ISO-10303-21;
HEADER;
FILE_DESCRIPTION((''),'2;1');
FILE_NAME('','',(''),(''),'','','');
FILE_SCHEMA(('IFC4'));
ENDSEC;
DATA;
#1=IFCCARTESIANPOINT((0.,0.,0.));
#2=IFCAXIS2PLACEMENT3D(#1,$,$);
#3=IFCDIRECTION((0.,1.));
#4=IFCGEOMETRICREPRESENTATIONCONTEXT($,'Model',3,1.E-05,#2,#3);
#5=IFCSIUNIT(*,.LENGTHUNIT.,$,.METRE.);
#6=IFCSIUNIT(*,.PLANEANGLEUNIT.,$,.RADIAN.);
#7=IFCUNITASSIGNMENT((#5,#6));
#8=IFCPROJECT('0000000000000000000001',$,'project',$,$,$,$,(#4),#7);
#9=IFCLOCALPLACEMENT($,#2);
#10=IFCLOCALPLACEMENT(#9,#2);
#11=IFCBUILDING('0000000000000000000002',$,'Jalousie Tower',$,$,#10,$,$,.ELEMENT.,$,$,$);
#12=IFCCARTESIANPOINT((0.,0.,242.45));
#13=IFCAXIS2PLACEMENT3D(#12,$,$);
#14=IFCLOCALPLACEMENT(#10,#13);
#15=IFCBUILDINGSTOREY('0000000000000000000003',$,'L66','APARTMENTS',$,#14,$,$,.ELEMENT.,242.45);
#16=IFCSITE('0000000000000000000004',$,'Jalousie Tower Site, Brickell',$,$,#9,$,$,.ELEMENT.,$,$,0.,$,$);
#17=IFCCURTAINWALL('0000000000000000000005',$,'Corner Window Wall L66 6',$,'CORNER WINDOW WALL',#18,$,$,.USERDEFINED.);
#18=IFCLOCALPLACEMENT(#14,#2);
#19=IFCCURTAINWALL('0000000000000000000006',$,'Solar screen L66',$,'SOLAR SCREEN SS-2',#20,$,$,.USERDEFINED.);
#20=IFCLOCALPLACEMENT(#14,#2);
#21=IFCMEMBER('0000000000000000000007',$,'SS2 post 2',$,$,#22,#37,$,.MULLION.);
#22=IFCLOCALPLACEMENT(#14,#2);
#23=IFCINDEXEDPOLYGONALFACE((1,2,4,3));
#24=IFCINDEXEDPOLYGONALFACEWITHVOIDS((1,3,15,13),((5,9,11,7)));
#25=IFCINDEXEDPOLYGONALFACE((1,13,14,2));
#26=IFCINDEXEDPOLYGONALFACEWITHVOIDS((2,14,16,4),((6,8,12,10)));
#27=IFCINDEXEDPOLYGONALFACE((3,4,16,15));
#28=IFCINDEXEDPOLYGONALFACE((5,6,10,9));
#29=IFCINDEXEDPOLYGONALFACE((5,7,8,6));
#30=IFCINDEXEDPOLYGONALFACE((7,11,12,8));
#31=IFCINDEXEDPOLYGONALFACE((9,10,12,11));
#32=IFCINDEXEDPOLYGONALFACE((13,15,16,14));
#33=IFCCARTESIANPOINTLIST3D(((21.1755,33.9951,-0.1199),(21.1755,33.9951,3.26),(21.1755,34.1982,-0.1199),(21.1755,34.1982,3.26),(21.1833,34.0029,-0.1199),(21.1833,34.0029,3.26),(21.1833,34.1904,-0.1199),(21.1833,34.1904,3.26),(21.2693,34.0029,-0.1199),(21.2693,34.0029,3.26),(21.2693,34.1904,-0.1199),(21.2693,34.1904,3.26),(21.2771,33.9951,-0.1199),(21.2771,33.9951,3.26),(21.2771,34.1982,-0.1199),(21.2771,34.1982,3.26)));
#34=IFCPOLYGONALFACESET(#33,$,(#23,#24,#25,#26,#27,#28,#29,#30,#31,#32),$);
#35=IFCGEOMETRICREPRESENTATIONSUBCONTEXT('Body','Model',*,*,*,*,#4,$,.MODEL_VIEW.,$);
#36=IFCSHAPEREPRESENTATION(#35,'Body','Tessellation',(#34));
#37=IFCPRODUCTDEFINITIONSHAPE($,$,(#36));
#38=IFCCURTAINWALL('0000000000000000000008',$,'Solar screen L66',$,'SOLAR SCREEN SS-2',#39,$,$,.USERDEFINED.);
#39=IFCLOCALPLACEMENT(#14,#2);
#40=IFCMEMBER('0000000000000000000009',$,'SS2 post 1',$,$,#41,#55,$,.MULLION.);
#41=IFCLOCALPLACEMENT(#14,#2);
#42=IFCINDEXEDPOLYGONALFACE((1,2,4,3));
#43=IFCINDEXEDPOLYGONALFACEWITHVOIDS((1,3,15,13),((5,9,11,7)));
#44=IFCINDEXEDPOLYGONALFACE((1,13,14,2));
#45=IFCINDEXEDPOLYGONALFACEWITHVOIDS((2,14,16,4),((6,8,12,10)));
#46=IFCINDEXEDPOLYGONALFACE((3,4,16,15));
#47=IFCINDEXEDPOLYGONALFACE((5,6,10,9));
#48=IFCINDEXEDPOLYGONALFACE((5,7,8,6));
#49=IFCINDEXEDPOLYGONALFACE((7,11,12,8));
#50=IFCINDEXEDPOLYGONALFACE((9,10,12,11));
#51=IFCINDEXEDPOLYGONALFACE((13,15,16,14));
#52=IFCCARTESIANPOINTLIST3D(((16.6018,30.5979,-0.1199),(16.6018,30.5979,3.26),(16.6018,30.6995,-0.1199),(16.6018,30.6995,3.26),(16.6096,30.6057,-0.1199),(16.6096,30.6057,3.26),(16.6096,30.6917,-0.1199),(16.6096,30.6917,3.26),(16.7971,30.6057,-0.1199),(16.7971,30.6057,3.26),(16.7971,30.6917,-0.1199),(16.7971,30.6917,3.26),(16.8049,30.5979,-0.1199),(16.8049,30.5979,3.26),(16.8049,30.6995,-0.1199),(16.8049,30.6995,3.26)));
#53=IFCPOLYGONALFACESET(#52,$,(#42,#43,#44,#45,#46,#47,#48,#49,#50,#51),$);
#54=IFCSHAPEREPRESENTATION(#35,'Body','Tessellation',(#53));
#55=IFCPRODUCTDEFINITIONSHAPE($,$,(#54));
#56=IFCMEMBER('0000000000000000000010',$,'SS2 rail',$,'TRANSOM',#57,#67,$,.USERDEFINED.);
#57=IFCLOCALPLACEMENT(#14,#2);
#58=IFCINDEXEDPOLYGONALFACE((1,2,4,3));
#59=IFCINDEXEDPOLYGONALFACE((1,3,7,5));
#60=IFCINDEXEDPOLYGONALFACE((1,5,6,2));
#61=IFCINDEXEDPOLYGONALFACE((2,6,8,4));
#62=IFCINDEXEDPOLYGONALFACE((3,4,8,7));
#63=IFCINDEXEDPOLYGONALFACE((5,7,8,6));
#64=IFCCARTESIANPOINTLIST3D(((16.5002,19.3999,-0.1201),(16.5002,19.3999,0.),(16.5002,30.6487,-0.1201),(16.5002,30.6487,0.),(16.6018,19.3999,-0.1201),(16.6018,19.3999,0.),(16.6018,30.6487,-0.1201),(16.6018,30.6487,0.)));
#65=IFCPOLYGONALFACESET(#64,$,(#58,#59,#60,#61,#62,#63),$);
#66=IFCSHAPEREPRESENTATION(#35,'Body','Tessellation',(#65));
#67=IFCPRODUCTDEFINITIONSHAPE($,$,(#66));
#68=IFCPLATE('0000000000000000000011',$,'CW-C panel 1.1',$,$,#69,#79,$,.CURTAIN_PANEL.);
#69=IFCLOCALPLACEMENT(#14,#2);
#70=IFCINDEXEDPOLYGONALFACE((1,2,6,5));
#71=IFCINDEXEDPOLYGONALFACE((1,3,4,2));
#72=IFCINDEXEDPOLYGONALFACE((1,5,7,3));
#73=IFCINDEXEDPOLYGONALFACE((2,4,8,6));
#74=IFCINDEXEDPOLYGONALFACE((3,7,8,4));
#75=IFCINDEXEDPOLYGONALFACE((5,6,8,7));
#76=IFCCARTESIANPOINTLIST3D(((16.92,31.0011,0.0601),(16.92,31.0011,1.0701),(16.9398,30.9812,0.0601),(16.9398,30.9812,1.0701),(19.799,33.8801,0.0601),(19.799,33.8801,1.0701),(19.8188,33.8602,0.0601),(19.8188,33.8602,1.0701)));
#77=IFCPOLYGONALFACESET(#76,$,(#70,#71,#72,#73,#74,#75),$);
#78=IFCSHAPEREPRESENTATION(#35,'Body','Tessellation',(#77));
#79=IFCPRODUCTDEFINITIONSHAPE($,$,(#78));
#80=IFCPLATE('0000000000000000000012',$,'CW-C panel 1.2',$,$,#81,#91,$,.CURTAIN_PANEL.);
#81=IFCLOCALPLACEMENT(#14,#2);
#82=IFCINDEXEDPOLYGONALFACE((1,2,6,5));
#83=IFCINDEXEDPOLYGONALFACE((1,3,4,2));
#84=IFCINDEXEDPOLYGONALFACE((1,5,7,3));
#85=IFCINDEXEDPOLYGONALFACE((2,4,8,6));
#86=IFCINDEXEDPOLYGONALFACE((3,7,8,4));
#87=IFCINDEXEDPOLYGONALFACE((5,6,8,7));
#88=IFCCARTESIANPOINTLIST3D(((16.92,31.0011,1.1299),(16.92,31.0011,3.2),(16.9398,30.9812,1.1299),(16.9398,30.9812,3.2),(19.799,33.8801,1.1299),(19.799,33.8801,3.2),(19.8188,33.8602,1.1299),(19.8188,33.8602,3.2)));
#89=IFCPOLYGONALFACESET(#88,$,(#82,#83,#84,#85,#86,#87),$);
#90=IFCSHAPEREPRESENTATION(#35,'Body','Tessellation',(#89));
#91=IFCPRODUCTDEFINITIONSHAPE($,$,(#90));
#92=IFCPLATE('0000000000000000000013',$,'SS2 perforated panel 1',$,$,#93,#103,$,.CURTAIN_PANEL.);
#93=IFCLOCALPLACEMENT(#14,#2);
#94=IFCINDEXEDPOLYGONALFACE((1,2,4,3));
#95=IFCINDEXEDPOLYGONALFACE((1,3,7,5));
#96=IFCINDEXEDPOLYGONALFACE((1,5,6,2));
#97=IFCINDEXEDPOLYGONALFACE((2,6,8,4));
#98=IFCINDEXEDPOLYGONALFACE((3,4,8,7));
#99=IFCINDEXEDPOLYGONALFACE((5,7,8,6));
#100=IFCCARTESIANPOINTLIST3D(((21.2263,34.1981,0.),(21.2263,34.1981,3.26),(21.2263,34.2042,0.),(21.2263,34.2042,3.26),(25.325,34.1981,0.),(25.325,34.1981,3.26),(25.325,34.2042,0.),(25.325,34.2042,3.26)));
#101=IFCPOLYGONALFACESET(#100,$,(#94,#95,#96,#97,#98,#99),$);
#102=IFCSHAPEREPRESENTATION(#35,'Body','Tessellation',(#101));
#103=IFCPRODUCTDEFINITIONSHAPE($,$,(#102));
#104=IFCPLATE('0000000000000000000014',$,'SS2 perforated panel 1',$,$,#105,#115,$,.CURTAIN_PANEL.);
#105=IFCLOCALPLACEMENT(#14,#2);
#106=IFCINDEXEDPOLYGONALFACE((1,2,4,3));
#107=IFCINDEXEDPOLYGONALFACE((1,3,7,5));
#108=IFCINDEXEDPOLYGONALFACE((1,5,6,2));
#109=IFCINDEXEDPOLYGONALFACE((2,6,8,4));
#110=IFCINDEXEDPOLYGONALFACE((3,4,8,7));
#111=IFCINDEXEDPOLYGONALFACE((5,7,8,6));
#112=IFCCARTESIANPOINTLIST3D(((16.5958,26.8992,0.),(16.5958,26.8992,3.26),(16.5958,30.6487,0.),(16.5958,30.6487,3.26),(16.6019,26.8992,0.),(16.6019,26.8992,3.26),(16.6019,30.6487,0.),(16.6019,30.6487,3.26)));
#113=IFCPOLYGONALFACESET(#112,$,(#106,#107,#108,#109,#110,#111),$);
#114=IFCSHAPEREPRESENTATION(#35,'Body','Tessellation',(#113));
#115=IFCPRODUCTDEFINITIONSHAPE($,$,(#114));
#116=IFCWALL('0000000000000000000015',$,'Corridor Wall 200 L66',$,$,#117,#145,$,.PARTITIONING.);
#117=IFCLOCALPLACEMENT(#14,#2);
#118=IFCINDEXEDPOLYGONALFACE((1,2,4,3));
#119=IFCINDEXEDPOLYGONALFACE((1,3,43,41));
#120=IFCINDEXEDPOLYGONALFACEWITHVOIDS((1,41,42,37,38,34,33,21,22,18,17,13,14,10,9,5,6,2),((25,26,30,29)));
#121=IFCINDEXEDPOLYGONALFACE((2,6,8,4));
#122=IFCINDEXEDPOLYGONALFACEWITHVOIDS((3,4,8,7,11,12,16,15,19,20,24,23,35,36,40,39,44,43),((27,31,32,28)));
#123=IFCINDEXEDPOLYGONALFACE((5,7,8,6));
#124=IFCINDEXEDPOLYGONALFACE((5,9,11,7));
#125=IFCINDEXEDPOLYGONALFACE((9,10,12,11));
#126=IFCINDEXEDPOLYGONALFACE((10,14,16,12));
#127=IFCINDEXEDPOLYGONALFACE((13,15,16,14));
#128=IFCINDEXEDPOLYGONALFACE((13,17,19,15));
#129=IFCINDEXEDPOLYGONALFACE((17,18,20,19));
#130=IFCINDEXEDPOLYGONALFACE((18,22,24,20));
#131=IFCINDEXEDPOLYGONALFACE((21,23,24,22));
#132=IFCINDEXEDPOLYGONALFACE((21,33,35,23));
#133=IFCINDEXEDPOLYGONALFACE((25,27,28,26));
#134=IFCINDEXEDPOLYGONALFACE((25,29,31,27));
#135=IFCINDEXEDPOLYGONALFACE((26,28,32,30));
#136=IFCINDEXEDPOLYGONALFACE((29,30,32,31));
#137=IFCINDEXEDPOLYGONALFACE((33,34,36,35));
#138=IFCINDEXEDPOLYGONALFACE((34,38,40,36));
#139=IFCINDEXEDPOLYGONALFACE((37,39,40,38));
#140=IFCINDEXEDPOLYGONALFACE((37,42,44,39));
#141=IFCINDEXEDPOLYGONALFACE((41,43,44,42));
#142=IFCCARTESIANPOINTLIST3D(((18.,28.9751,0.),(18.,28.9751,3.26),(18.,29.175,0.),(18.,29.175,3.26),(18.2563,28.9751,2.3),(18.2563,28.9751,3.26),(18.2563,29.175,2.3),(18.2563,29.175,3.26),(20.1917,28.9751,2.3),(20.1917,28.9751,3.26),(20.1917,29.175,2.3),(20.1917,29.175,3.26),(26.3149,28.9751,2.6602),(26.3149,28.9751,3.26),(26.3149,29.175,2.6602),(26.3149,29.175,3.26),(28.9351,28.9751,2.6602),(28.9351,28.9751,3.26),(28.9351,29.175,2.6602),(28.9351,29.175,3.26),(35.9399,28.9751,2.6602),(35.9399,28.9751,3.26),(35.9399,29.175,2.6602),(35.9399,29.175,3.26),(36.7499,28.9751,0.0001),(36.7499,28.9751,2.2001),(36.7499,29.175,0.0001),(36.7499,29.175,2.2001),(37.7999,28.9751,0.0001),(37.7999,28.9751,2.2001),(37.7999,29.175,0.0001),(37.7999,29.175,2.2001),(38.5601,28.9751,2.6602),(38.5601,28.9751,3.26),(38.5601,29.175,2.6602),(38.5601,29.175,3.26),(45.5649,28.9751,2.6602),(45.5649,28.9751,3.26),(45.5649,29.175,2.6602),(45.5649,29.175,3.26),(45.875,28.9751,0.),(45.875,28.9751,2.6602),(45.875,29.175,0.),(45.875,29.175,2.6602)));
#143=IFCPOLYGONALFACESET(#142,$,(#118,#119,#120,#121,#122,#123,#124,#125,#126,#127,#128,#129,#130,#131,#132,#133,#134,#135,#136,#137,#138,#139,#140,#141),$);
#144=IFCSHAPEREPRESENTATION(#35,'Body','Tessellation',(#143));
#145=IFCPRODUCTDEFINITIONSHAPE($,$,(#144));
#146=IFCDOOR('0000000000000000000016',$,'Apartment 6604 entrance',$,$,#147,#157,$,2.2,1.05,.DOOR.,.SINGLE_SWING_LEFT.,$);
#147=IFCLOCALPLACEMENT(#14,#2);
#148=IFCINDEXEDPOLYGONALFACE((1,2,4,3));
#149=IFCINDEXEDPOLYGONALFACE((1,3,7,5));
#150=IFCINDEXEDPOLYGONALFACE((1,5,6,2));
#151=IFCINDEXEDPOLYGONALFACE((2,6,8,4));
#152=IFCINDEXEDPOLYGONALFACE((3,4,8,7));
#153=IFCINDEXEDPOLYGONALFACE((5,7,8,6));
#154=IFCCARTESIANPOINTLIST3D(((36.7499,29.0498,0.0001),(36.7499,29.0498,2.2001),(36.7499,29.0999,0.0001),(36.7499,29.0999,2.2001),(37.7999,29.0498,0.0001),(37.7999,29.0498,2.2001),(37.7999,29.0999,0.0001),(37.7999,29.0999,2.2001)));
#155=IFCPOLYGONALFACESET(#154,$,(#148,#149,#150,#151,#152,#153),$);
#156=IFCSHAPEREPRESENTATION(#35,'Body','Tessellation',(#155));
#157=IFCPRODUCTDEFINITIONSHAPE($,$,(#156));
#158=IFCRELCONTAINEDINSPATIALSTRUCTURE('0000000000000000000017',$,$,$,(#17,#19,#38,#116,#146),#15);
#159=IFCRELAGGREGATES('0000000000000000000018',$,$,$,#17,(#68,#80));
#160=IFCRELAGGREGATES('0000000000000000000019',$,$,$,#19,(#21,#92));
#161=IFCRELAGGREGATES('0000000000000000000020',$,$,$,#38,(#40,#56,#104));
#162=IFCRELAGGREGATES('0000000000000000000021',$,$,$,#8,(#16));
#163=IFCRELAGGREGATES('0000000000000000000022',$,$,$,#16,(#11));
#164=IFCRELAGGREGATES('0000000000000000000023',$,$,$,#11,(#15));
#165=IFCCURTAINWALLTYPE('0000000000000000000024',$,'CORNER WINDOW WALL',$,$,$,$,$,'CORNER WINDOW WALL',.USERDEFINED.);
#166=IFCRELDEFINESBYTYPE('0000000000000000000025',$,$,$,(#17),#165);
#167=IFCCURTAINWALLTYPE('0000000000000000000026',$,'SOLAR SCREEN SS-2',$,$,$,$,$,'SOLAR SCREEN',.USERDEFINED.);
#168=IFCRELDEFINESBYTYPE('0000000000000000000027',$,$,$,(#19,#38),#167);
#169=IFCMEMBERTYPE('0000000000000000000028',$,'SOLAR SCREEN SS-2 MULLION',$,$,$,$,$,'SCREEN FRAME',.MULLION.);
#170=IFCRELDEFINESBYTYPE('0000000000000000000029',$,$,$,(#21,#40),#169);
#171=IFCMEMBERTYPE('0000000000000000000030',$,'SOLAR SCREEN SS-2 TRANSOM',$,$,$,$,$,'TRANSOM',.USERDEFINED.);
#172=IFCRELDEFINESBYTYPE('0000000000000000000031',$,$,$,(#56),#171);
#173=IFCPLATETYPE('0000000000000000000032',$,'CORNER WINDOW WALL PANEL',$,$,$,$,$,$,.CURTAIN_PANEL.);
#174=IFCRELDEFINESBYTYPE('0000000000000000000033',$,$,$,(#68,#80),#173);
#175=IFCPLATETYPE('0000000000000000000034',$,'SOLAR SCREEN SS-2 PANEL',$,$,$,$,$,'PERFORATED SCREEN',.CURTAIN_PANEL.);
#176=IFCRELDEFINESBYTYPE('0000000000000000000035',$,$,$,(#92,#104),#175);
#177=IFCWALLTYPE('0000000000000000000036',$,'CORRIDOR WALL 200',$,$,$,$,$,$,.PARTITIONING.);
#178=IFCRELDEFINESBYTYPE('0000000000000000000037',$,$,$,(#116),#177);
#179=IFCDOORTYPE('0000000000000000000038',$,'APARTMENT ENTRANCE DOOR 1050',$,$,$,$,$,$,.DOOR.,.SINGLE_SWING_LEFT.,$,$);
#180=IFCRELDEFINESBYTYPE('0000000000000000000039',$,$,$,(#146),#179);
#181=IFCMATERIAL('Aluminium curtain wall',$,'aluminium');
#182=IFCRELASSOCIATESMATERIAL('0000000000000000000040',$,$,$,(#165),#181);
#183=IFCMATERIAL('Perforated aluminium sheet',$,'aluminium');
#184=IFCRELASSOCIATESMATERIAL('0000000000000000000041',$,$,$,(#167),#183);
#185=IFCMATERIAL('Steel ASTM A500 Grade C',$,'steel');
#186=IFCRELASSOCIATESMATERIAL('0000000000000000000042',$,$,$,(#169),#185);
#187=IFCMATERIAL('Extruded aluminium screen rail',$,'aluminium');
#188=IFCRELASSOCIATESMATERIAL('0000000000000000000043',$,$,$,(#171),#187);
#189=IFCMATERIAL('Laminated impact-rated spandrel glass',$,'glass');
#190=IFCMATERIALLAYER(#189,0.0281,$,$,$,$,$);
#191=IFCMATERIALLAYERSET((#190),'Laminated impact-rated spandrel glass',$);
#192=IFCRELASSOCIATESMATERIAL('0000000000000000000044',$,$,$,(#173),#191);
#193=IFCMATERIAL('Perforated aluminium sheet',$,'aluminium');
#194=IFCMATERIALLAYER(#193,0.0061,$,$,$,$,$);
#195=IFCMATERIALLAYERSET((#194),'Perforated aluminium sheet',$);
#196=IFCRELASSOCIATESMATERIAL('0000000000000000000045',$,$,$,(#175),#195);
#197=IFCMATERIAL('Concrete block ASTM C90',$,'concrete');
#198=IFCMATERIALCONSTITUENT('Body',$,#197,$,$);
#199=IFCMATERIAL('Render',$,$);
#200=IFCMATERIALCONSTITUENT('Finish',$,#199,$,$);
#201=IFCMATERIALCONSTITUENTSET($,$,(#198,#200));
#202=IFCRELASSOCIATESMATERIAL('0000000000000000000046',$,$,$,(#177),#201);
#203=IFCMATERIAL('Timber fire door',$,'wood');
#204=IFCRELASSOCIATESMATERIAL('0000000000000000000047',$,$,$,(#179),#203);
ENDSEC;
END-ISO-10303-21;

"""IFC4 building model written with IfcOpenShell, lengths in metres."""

from ifc_helpers import new_model, si_unit, direction, frame, frame_2d, origin, origin_2d, place, context, subcontext, project, spatial, polyline, rectangle, hollow_rectangle, outline, extrude, material, layer, layer_set, constituent, constituent_set, material_profile, profile_set, type_object, element, fill, aggregate, save


model = new_model("IFC4")

# Units and contexts
model_context = context("Model", 3, precision=1e-05, world=origin(), true_north=direction((0.0, 1.0)))
body_context = subcontext(model_context, "Body", "Model", "MODEL_VIEW")
ifc_project = project(units=[si_unit("LENGTHUNIT", "METRE"), si_unit("PLANEANGLEUNIT", "RADIAN")], contexts=[model_context])

# Site, building, storey
site_placement = place(None, origin())
site = spatial("IfcSite", under=ifc_project, at=site_placement, Name="Jalousie Tower Site, Brickell", CompositionType="ELEMENT", RefElevation=0.0)
building_placement = place(site_placement, origin())
building = spatial("IfcBuilding", under=site, at=building_placement, Name="Jalousie Tower", CompositionType="ELEMENT")
storey_placement = place(building_placement, frame((0.0, 0.0, 242.45)))
storey = spatial("IfcBuildingStorey", under=building, at=storey_placement, Name="L66", Description="APARTMENTS", CompositionType="ELEMENT", Elevation=242.45)

# Curtain wall
ifc_material_1 = material(Name="Aluminium curtain wall", Category="aluminium")
curtain_wall_type_1 = type_object("IfcCurtainWallType", Name="CORNER WINDOW WALL", ElementType="CORNER WINDOW WALL", PredefinedType="USERDEFINED", material=ifc_material_1)
curtain_wall_1_placement = place(storey_placement, origin())
curtain_wall_1 = element("IfcCurtainWall", 1, at=curtain_wall_1_placement, inside=storey, type_object=curtain_wall_type_1, Name="Corner Window Wall L66 6", ObjectType="CORNER WINDOW WALL", PredefinedType="USERDEFINED")

# Curtain wall, member
ifc_material_2 = material(Name="Perforated aluminium sheet", Category="aluminium")
curtain_wall_type_2 = type_object("IfcCurtainWallType", Name="SOLAR SCREEN SS-2", ElementType="SOLAR SCREEN", PredefinedType="USERDEFINED", material=ifc_material_2)
curtain_wall_2_placement = place(storey_placement, origin())
curtain_wall_2 = element("IfcCurtainWall", 2, at=curtain_wall_2_placement, inside=storey, type_object=curtain_wall_type_2, Name="Solar screen L66", ObjectType="SOLAR SCREEN SS-2", PredefinedType="USERDEFINED")
ifc_material_3 = material(Name="Steel ASTM A500 Grade C", Category="steel")
ifc_material_profile_1 = material_profile(ifc_material_3, hollow_rectangle(XDim=0.1016, YDim=0.2031, WallThickness=0.0078, at=origin_2d()), Name="HSS8X4X5/16")
ifc_profile_set_1 = profile_set([ifc_material_profile_1], Name="Steel ASTM A500 Grade C")
member_type_1 = type_object("IfcMemberType", Name="SOLAR SCREEN SS-2 MULLION", ElementType="SCREEN FRAME", PredefinedType="MULLION", material=ifc_profile_set_1)
member_1_placement = place(storey_placement, frame((21.2263, 34.0967, -0.1199), z_axis=(0.0, 0.0, 1.0), x_axis=(-1.0, 0.0, 0.0)))
member_1 = element("IfcMember", 3, at=member_1_placement, type_object=member_type_1, Name="SS2 post 2", PredefinedType="MULLION", context=body_context, shape_type="SweptSolid", body=[
    extrude(hollow_rectangle(XDim=0.1016, YDim=0.2031, WallThickness=0.0078, at=origin_2d()), origin(), (0.0, 0.0, 1.0), 3.3799),
])

# Curtain wall, members
curtain_wall_3_placement = place(storey_placement, origin())
curtain_wall_3 = element("IfcCurtainWall", 4, at=curtain_wall_3_placement, inside=storey, type_object=curtain_wall_type_2, Name="Solar screen L66", ObjectType="SOLAR SCREEN SS-2", PredefinedType="USERDEFINED")
member_2_placement = place(storey_placement, frame((16.7034, 30.6487, -0.1199), z_axis=(0.0, 0.0, 1.0), x_axis=(0.0, -1.0, 0.0)))
member_2 = element("IfcMember", 5, at=member_2_placement, type_object=member_type_1, Name="SS2 post 1", PredefinedType="MULLION", context=body_context, shape_type="SweptSolid", body=[
    extrude(hollow_rectangle(XDim=0.1016, YDim=0.2031, WallThickness=0.0078, at=origin_2d()), origin(), (0.0, 0.0, 1.0), 3.3799),
])
ifc_material_4 = material(Name="Extruded aluminium screen rail", Category="aluminium")
ifc_material_profile_2 = material_profile(ifc_material_4, rectangle(XDim=0.1016, YDim=0.1201, at=origin_2d()), Name="RAIL 102x120")
ifc_profile_set_2 = profile_set([ifc_material_profile_2], Name="Extruded aluminium screen rail")
member_type_2 = type_object("IfcMemberType", Name="SOLAR SCREEN SS-2 TRANSOM", ElementType="TRANSOM", PredefinedType="USERDEFINED", material=ifc_profile_set_2)
member_3_placement = place(storey_placement, frame((16.551, 30.6487, -0.0601), z_axis=(0.0, -1.0, 0.0), x_axis=(1.0, 0.0, 0.0)))
member_3 = element("IfcMember", 6, at=member_3_placement, type_object=member_type_2, Name="SS2 rail", ObjectType="TRANSOM", PredefinedType="USERDEFINED", context=body_context, shape_type="SweptSolid", body=[
    extrude(rectangle(XDim=0.1016, YDim=0.1201, at=origin_2d()), origin(), (0.0, 0.0, 1.0), 11.2488),
])

# Plates
ifc_material_5 = material(Name="Laminated impact-rated spandrel glass", Category="glass")
ifc_layer_1 = layer(ifc_material_5, 0.0281)
ifc_layer_set_1 = layer_set([ifc_layer_1], Name="Laminated impact-rated spandrel glass")
plate_type_1 = type_object("IfcPlateType", Name="CORNER WINDOW WALL PANEL", PredefinedType="CURTAIN_PANEL", material=ifc_layer_set_1)
plate_1_placement = place(storey_placement, frame((18.3694, 32.4307, 0.0601), z_axis=(0.0, 0.0, 1.0), x_axis=(-0.707107, -0.707107, 0.0)))
plate_1 = element("IfcPlate", 7, at=plate_1_placement, type_object=plate_type_1, Name="CW-C panel 1.1", PredefinedType="CURTAIN_PANEL", context=body_context, shape_type="SweptSolid", body=[
    extrude(rectangle(XDim=4.0715, YDim=0.0281, at=origin_2d()), origin(), (0.0, 0.0, 1.0), 1.01),
])
plate_2_placement = place(storey_placement, frame((18.3694, 32.4307, 1.1299), z_axis=(0.0, 0.0, 1.0), x_axis=(-0.707107, -0.707107, 0.0)))
plate_2 = element("IfcPlate", 8, at=plate_2_placement, type_object=plate_type_1, Name="CW-C panel 1.2", PredefinedType="CURTAIN_PANEL", context=body_context, shape_type="SweptSolid", body=[
    extrude(rectangle(XDim=4.0715, YDim=0.0281, at=origin_2d()), origin(), (0.0, 0.0, 1.0), 2.0701),
])
aggregate(curtain_wall_1, [plate_1, plate_2])
ifc_material_6 = material(Name="Perforated aluminium sheet", Category="aluminium")
ifc_layer_2 = layer(ifc_material_6, 0.0061)
ifc_layer_set_2 = layer_set([ifc_layer_2], Name="Perforated aluminium sheet")
plate_type_2 = type_object("IfcPlateType", Name="SOLAR SCREEN SS-2 PANEL", ElementType="PERFORATED SCREEN", PredefinedType="CURTAIN_PANEL", material=ifc_layer_set_2)
plate_3_placement = place(storey_placement, frame((23.2756, 34.2012, 0.0), z_axis=(0.0, 0.0, 1.0), x_axis=(-1.0, 0.0, 0.0)))
plate_3 = element("IfcPlate", 9, at=plate_3_placement, type_object=plate_type_2, Name="SS2 perforated panel 1", PredefinedType="CURTAIN_PANEL", context=body_context, shape_type="SweptSolid", body=[
    extrude(rectangle(XDim=4.0986, YDim=0.0061, at=origin_2d()), origin(), (0.0, 0.0, 1.0), 3.26),
])
aggregate(curtain_wall_2, [member_1, plate_3])
plate_4_placement = place(storey_placement, frame((16.5989, 28.7739, 0.0), z_axis=(0.0, 0.0, 1.0), x_axis=(0.0, -1.0, 0.0)))
plate_4 = element("IfcPlate", 10, at=plate_4_placement, type_object=plate_type_2, Name="SS2 perforated panel 1", PredefinedType="CURTAIN_PANEL", context=body_context, shape_type="SweptSolid", body=[
    extrude(rectangle(XDim=3.7495, YDim=0.0061, at=origin_2d()), origin(), (0.0, 0.0, 1.0), 3.26),
])
aggregate(curtain_wall_3, [member_2, member_3, plate_4])

# Wall, opening, door
ifc_material_7 = material(Name="Concrete block ASTM C90", Category="concrete")
ifc_constituent_1 = constituent(ifc_material_7, Name="Body")
ifc_material_8 = material(Name="Render")
ifc_constituent_2 = constituent(ifc_material_8, Name="Finish")
ifc_constituent_set_1 = constituent_set(constituents=[ifc_constituent_1, ifc_constituent_2])
wall_type_1 = type_object("IfcWallType", Name="CORRIDOR WALL 200", PredefinedType="PARTITIONING", material=ifc_constituent_set_1)
wall_1_placement = place(storey_placement, frame((18.0, 29.075, 0.0), z_axis=(0.0, 0.0, 1.0), x_axis=(1.0, 0.0, 0.0)))
wall_1 = element("IfcWall", 11, at=wall_1_placement, inside=storey, type_object=wall_type_1, Name="Corridor Wall 200 L66", PredefinedType="PARTITIONING", context=body_context, shape_type="SweptSolid", body=[
    extrude(outline(polyline([(0.0, 0.0), (27.875, 0.0), (27.875, 3.26), (27.875, 2.6602), (27.5649, 2.6602), (27.5649, 3.26), (20.5601, 3.26), (20.5601, 2.6602), (17.9399, 2.6602), (17.9399, 3.26), (10.9351, 3.26), (10.9351, 2.6602), (8.3149, 2.6602), (8.3149, 3.26), (2.1917, 3.26), (2.1917, 2.3), (0.2563, 2.3), (0.2563, 3.26), (0.0, 3.26), (0.0, 0.0)])), frame((0.0, 0.1001, 0.0), z_axis=(0.0, -1.0, 0.0), x_axis=(1.0, 0.0, 0.0)), (0.0, 0.0, 1.0), 0.2),
])
opening_1_placement = place(wall_1_placement, frame((18.75, 0.0, 0.0)))
opening_1 = element("IfcOpeningElement", 12, at=opening_1_placement, cuts=wall_1, PredefinedType="OPENING", context=body_context, shape_type="SweptSolid", body=[
    extrude(rectangle(XDim=1.05, YDim=2.2, at=frame_2d((0.5249, 1.1001))), frame((0.0, 0.1099, 0.0), z_axis=(0.0, -1.0, 0.0), x_axis=(1.0, 0.0, 0.0)), (0.0, 0.0, 1.0), 0.22),
])
ifc_material_9 = material(Name="Timber fire door", Category="wood")
door_type_1 = type_object("IfcDoorType", Name="APARTMENT ENTRANCE DOOR 1050", OperationType="SINGLE_SWING_LEFT", PredefinedType="DOOR", material=ifc_material_9)
door_1_placement = place(opening_1_placement, origin())
door_1 = element("IfcDoor", 13, at=door_1_placement, inside=storey, type_object=door_type_1, Name="Apartment 6604 entrance", OperationType="SINGLE_SWING_LEFT", OverallHeight=2.2, OverallWidth=1.05, PredefinedType="DOOR", context=body_context, shape_type="SweptSolid", body=[
    extrude(rectangle(XDim=1.05, YDim=2.2, at=frame_2d((0.5249, 1.1001))), frame((0.0, 0.0249, 0.0), z_axis=(0.0, -1.0, 0.0), x_axis=(1.0, 0.0, 0.0)), (0.0, 0.0, 1.0), 0.05),
])
fill(opening_1, door_1)

save(model, "model.ifc")
